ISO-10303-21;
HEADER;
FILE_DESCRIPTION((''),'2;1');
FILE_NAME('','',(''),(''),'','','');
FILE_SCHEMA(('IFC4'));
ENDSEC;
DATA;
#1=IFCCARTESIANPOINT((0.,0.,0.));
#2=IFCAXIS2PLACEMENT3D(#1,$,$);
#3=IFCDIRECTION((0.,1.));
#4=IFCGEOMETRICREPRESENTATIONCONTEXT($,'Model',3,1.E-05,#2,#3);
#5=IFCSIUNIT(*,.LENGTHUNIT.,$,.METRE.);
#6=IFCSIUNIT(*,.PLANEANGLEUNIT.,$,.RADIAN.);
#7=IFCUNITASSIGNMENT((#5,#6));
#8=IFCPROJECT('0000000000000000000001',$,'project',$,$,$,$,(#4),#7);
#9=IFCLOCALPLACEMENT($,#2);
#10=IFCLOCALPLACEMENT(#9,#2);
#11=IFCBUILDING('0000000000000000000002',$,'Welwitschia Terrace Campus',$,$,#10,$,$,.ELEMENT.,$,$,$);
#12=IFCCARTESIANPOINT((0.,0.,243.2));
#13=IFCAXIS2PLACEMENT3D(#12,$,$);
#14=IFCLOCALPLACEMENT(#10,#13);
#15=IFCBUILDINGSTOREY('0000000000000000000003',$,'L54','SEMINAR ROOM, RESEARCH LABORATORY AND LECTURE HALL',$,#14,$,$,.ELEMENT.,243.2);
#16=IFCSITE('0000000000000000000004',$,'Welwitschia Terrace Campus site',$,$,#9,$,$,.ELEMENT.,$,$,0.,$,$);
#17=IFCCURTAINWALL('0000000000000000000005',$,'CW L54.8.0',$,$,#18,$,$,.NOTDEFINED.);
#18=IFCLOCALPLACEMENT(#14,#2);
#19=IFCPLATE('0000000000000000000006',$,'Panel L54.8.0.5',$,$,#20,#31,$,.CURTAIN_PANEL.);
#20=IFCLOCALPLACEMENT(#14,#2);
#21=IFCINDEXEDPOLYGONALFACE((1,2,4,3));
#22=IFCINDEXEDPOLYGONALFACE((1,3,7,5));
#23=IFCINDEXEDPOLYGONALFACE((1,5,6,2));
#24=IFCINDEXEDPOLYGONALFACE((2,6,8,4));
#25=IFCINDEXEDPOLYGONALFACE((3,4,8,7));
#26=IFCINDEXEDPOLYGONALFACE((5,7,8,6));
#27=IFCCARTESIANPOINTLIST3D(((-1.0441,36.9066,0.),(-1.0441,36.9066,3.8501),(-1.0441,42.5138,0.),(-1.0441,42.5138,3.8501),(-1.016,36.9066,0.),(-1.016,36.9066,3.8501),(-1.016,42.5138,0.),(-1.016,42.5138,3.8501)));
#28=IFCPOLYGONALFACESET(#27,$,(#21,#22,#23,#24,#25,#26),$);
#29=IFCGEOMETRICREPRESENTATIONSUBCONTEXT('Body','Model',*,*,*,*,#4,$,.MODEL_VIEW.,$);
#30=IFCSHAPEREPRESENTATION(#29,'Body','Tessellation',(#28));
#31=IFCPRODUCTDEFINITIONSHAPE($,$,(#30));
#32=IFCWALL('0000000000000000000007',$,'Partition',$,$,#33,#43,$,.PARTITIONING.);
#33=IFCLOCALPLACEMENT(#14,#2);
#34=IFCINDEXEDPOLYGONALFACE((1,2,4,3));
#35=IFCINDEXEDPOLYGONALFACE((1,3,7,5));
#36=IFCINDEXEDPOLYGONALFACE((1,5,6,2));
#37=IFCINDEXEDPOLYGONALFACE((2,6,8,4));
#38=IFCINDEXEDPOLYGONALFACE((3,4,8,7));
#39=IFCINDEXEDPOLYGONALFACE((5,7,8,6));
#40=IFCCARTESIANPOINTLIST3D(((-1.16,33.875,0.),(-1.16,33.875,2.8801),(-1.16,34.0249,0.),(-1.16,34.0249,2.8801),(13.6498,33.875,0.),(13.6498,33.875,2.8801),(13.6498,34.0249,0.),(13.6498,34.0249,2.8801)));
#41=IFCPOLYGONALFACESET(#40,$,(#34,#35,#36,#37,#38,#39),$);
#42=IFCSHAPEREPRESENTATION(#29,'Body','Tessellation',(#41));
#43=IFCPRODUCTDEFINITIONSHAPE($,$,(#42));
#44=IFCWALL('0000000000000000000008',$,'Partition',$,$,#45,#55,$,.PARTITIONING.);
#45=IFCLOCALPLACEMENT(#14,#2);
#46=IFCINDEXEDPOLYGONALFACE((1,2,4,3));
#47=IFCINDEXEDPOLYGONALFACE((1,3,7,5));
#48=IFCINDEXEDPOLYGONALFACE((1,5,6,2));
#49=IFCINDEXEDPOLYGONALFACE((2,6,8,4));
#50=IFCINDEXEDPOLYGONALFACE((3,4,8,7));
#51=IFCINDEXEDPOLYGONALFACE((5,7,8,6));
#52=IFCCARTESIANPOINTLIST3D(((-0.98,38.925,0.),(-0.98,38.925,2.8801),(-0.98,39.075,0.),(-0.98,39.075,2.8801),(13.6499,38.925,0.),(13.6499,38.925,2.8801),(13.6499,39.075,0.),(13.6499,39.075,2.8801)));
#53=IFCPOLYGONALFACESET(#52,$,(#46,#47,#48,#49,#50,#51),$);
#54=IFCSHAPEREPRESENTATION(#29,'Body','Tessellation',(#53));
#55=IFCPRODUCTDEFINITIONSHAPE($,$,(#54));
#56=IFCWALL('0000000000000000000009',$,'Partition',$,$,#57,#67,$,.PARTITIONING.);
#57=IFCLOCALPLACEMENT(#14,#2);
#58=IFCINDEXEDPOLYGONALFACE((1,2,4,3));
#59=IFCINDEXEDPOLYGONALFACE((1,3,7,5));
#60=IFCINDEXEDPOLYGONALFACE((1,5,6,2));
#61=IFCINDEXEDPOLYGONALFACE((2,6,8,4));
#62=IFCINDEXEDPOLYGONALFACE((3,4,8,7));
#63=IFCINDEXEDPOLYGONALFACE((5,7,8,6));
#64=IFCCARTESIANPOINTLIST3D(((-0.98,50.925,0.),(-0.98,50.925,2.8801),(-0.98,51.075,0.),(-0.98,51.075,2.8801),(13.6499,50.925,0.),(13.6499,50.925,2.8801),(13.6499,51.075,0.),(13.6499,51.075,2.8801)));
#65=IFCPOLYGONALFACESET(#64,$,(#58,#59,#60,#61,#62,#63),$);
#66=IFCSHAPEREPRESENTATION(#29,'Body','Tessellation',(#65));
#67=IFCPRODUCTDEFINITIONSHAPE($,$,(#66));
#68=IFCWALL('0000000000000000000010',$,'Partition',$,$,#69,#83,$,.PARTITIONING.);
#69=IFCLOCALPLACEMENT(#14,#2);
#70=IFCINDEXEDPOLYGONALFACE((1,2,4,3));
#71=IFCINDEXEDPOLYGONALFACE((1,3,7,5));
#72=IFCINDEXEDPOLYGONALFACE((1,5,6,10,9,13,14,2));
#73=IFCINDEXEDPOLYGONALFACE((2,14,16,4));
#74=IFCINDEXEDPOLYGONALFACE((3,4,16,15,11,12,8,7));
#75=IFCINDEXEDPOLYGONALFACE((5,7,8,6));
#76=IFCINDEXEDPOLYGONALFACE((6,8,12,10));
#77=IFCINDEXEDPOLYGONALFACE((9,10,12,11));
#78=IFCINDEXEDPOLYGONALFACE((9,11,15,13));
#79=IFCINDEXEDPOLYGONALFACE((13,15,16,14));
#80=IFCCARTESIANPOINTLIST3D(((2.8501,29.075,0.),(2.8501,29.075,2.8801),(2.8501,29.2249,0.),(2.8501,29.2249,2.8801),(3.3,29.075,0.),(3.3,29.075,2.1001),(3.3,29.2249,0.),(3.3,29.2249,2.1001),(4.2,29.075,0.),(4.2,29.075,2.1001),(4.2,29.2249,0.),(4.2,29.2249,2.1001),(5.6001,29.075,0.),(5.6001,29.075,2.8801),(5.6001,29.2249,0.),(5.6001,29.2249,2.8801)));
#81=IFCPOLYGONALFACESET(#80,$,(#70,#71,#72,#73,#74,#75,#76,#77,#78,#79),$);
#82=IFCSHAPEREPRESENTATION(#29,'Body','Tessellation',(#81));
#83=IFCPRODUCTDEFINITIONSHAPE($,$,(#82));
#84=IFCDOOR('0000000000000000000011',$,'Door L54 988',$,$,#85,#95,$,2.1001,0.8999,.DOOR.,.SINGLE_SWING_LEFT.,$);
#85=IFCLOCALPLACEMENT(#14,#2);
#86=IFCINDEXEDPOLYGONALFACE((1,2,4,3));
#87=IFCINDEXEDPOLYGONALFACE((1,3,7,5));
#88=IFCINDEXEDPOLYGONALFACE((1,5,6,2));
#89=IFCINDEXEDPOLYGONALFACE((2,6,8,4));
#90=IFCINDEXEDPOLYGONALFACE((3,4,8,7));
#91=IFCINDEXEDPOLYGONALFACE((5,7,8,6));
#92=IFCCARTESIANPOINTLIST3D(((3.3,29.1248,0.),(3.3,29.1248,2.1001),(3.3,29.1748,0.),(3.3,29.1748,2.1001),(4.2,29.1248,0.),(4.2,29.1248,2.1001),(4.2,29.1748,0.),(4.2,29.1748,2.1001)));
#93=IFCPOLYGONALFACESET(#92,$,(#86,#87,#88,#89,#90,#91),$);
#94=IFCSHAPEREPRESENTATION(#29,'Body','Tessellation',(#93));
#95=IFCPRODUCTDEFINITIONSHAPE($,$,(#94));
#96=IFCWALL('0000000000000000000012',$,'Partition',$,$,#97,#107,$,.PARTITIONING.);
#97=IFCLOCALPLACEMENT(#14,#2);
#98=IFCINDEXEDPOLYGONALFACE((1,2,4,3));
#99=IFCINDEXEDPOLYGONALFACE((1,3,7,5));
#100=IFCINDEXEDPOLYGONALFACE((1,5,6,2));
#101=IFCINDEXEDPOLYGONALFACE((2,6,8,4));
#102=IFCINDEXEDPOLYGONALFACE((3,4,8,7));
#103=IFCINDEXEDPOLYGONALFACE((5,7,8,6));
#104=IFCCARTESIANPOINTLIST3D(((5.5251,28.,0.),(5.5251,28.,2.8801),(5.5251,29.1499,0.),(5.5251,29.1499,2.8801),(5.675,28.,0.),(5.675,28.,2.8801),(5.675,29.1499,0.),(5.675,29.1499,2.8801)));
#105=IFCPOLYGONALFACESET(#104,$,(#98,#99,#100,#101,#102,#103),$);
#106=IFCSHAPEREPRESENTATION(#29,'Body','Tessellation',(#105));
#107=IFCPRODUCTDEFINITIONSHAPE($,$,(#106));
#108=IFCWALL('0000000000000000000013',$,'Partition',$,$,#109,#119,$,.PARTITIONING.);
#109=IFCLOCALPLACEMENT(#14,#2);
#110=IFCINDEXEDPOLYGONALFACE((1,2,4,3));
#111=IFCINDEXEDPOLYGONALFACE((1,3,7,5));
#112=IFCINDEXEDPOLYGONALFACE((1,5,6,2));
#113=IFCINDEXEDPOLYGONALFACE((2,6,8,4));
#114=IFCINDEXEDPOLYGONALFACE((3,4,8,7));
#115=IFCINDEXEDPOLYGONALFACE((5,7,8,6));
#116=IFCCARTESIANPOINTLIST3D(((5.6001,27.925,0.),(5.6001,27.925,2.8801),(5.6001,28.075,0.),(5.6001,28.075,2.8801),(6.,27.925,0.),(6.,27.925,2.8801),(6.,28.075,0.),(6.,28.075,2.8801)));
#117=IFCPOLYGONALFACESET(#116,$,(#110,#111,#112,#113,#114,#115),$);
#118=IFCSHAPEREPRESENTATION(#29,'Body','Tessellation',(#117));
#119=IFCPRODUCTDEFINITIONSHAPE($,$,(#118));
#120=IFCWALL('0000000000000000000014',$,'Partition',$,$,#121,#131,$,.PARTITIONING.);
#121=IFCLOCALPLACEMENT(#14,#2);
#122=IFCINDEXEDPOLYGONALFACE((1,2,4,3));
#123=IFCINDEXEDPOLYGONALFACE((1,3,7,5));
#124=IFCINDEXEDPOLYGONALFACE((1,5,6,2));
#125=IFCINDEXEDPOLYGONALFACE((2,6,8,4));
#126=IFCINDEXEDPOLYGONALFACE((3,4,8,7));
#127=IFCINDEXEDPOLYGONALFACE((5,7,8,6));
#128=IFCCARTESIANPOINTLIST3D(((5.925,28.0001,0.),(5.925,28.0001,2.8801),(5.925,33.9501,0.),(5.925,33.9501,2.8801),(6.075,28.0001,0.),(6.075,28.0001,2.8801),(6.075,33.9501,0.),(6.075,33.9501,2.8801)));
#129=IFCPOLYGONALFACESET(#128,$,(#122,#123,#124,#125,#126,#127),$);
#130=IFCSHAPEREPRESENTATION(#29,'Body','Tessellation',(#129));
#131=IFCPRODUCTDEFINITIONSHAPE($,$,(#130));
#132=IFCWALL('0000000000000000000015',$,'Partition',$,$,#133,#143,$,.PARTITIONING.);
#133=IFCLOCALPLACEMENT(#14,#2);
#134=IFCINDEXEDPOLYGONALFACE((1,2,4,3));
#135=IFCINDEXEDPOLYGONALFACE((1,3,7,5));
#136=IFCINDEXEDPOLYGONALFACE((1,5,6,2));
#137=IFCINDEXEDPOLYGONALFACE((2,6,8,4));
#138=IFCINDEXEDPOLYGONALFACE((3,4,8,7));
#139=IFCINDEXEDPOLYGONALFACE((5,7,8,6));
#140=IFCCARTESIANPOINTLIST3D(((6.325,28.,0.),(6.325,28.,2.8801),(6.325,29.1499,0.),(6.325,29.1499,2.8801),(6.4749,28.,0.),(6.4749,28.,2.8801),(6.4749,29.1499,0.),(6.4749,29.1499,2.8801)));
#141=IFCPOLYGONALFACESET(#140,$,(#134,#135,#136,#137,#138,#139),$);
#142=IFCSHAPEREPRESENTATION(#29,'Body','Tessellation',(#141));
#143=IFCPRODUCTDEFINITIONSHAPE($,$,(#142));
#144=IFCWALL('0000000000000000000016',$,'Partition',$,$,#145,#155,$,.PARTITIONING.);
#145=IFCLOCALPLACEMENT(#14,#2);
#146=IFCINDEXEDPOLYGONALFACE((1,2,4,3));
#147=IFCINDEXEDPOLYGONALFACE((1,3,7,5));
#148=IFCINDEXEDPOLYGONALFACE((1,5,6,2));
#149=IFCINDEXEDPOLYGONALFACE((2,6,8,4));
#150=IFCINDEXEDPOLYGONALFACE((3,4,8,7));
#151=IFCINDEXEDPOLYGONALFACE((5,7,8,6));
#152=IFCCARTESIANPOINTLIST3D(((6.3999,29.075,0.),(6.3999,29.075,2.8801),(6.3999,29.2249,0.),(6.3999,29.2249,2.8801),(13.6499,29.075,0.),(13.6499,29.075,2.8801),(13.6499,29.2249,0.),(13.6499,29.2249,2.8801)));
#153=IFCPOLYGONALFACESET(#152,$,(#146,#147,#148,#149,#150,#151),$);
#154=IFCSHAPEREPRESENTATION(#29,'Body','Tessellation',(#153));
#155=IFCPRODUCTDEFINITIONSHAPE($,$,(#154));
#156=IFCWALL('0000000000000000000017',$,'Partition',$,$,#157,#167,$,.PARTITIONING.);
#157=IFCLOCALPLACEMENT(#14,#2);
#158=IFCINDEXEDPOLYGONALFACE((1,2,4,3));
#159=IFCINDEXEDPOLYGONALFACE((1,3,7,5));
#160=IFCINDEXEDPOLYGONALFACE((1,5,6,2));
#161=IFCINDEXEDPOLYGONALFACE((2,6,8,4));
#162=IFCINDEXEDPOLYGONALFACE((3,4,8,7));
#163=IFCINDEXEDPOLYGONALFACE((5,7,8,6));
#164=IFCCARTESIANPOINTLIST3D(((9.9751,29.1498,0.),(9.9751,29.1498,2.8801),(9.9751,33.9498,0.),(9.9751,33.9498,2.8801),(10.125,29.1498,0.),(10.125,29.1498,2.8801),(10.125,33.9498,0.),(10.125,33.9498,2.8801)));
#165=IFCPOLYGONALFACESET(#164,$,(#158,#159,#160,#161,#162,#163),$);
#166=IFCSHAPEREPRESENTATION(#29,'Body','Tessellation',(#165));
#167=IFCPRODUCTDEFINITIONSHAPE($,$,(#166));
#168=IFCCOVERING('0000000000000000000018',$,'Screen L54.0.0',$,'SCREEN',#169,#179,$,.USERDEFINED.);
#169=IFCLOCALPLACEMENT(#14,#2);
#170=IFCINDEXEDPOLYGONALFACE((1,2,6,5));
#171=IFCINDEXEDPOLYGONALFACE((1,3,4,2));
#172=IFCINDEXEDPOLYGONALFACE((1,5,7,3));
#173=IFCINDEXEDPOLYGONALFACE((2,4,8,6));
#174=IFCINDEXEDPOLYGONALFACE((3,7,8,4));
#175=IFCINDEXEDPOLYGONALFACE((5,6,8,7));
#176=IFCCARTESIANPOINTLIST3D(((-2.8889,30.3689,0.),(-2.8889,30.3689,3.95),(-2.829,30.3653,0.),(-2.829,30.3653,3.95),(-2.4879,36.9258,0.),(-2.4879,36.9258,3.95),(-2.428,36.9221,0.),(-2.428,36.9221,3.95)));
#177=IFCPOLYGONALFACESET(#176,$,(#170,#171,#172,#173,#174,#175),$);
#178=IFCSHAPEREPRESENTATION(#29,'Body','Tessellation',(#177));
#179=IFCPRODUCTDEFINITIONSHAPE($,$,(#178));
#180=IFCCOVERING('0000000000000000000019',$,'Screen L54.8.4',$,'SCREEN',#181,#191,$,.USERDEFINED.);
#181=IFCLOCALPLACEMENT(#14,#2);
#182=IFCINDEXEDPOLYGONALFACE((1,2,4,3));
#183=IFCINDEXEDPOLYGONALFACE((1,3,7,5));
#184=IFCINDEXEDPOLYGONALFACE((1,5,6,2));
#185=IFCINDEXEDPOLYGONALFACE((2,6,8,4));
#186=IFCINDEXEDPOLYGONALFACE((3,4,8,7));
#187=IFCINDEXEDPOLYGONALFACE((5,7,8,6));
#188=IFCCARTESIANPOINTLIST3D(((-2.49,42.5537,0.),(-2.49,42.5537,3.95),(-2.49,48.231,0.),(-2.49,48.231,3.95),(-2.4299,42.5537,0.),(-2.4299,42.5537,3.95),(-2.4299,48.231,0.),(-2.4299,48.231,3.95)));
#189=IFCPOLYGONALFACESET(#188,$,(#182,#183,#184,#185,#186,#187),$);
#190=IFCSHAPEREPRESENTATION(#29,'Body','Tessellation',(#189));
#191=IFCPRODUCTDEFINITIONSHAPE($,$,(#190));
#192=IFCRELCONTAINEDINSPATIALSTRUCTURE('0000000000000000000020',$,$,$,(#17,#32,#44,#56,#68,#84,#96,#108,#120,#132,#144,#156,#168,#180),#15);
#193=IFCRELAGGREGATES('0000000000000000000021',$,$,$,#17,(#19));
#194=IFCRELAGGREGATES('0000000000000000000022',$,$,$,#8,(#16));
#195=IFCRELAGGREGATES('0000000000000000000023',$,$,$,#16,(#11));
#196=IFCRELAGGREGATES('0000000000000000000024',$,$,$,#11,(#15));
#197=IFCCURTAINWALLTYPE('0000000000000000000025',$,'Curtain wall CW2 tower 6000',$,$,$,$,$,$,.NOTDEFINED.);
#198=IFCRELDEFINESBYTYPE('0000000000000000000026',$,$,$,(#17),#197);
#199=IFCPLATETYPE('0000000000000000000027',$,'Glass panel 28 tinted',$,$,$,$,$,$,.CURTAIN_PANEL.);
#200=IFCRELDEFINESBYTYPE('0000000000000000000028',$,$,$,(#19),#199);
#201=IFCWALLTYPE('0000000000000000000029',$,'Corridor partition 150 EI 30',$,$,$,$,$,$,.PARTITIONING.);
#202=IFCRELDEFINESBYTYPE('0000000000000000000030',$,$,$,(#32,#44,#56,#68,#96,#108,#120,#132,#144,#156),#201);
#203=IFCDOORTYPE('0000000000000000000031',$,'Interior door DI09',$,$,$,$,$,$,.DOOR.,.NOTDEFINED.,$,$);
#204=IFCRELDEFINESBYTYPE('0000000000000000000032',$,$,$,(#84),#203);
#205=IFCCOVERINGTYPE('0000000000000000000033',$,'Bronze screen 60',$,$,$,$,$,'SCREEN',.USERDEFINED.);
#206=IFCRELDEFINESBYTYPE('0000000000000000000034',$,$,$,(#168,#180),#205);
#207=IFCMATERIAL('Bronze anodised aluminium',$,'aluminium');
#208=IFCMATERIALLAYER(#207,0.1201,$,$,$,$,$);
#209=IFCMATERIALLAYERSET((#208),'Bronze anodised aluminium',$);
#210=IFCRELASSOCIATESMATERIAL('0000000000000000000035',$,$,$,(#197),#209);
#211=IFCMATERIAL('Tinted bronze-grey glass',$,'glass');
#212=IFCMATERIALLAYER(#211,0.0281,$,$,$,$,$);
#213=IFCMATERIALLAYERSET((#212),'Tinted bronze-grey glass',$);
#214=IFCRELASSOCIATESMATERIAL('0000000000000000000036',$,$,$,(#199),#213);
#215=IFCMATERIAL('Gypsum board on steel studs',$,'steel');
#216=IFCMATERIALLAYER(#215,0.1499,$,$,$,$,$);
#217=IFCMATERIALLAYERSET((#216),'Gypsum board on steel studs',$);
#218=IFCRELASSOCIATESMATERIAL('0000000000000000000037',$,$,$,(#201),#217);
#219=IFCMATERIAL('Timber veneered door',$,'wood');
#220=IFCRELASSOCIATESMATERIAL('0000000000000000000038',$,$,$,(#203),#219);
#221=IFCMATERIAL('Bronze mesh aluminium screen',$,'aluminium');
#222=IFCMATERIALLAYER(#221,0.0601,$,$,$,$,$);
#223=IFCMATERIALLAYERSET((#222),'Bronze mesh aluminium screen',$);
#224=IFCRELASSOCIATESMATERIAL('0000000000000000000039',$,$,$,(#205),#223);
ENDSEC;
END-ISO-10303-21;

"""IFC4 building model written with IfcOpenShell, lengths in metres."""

from ifc_helpers import new_model, si_unit, direction, frame, frame_2d, origin, origin_2d, place, context, subcontext, project, spatial, rectangle, extrude, material, layer, layer_set, type_object, element, fill, aggregate, save


model = new_model("IFC4")

# Units and contexts
model_context = context("Model", 3, precision=1e-05, world=origin(), true_north=direction((0.0, 1.0)))
body_context = subcontext(model_context, "Body", "Model", "MODEL_VIEW")
ifc_project = project(units=[si_unit("LENGTHUNIT", "METRE"), si_unit("PLANEANGLEUNIT", "RADIAN")], contexts=[model_context])

# Site, building, storey
site_placement = place(None, origin())
site = spatial("IfcSite", under=ifc_project, at=site_placement, Name="Welwitschia Terrace Campus site", CompositionType="ELEMENT", RefElevation=0.0)
building_placement = place(site_placement, origin())
building = spatial("IfcBuilding", under=site, at=building_placement, Name="Welwitschia Terrace Campus", CompositionType="ELEMENT")
storey_placement = place(building_placement, frame((0.0, 0.0, 243.2)))
storey = spatial("IfcBuildingStorey", under=building, at=storey_placement, Name="L54", Description="SEMINAR ROOM, RESEARCH LABORATORY AND LECTURE HALL", CompositionType="ELEMENT", Elevation=243.2)

# Curtain wall
ifc_material_1 = material(Name="Bronze anodised aluminium", Category="aluminium")
ifc_layer_1 = layer(ifc_material_1, 0.1201)
ifc_layer_set_1 = layer_set([ifc_layer_1], Name="Bronze anodised aluminium")
curtain_wall_type = type_object("IfcCurtainWallType", Name="Curtain wall CW2 tower 6000", PredefinedType="NOTDEFINED", material=ifc_layer_set_1)
curtain_wall_1_placement = place(storey_placement, origin())
curtain_wall_1 = element("IfcCurtainWall", 1, at=curtain_wall_1_placement, inside=storey, type_object=curtain_wall_type, Name="CW L54.8.0", PredefinedType="NOTDEFINED")

# Plate
ifc_material_2 = material(Name="Tinted bronze-grey glass", Category="glass")
ifc_layer_2 = layer(ifc_material_2, 0.0281)
ifc_layer_set_2 = layer_set([ifc_layer_2], Name="Tinted bronze-grey glass")
plate_type = type_object("IfcPlateType", Name="Glass panel 28 tinted", PredefinedType="CURTAIN_PANEL", material=ifc_layer_set_2)
plate_1_placement = place(storey_placement, frame((-1.03, 39.7102, 0.0), z_axis=(0.0, 0.0, 1.0), x_axis=(0.0, -1.0, 0.0)))
plate_1 = element("IfcPlate", 2, at=plate_1_placement, type_object=plate_type, Name="Panel L54.8.0.5", PredefinedType="CURTAIN_PANEL", context=body_context, shape_type="SweptSolid", body=[
    extrude(rectangle(XDim=5.6072, YDim=0.0281, at=origin_2d()), origin(), (0.0, 0.0, 1.0), 3.8501),
])
aggregate(curtain_wall_1, [plate_1])

# Walls
ifc_material_3 = material(Name="Gypsum board on steel studs", Category="steel")
ifc_layer_3 = layer(ifc_material_3, 0.1499)
ifc_layer_set_3 = layer_set([ifc_layer_3], Name="Gypsum board on steel studs")
wall_type = type_object("IfcWallType", Name="Corridor partition 150 EI 30", PredefinedType="PARTITIONING", material=ifc_layer_set_3)
wall_1_placement = place(storey_placement, frame((-1.1599, 33.95, 0.0), z_axis=(0.0, 0.0, 1.0), x_axis=(1.0, 0.0, 0.0)))
element("IfcWall", 3, at=wall_1_placement, inside=storey, type_object=wall_type, Name="Partition", PredefinedType="PARTITIONING", context=body_context, shape_type="SweptSolid", body=[
    extrude(rectangle(XDim=14.8098, YDim=0.1499, at=frame_2d((7.4048, 0.0))), origin(), (0.0, 0.0, 1.0), 2.8801),
])
for number, where, z_axis, x_axis, name in (
    (4, (-0.98, 39.0, 0.0), (0.0, 0.0, 1.0), (1.0, 0.0, 0.0), "Partition"),
    (5, (-0.98, 51.0, 0.0), (0.0, 0.0, 1.0), (1.0, 0.0, 0.0), "Partition"),
):
    element("IfcWall", number, at=place(storey_placement, frame(where, z_axis=z_axis, x_axis=x_axis)), inside=storey, type_object=wall_type, Name=name, PredefinedType="PARTITIONING", context=body_context, shape_type="SweptSolid", body=[
        extrude(rectangle(XDim=14.6299, YDim=0.1499, at=frame_2d((7.3149, 0.0))), origin(), (0.0, 0.0, 1.0), 2.8801),
    ])

# Wall, opening, door
wall_2_placement = place(storey_placement, frame((2.8501, 29.1499, 0.0), z_axis=(0.0, 0.0, 1.0), x_axis=(1.0, 0.0, 0.0)))
wall_2 = element("IfcWall", 6, at=wall_2_placement, inside=storey, type_object=wall_type, Name="Partition", PredefinedType="PARTITIONING", context=body_context, shape_type="SweptSolid", body=[
    extrude(rectangle(XDim=2.75, YDim=0.1499, at=frame_2d((1.375, 0.0))), origin(), (0.0, 0.0, 1.0), 2.8801),
])
opening_placement = place(wall_2_placement, frame((0.45, 0.0, 0.0)))
opening = element("IfcOpeningElement", 7, at=opening_placement, cuts=wall_2, PredefinedType="OPENING", context=body_context, shape_type="SweptSolid", body=[
    extrude(rectangle(XDim=0.8999, YDim=2.1001, at=frame_2d((0.45, 1.05))), frame((0.0, 0.085, 0.0), z_axis=(0.0, -1.0, 0.0), x_axis=(1.0, 0.0, 0.0)), (0.0, 0.0, 1.0), 0.1699),
])
ifc_material_4 = material(Name="Timber veneered door", Category="wood")
door_type = type_object("IfcDoorType", Name="Interior door DI09", OperationType="NOTDEFINED", PredefinedType="DOOR", material=ifc_material_4)
door_placement = place(opening_placement, origin())
door = element("IfcDoor", 8, at=door_placement, inside=storey, type_object=door_type, Name="Door L54 988", OperationType="SINGLE_SWING_LEFT", OverallHeight=2.1001, OverallWidth=0.8999, PredefinedType="DOOR", context=body_context, shape_type="SweptSolid", body=[
    extrude(rectangle(XDim=0.8999, YDim=2.1001, at=frame_2d((0.45, 1.05))), frame((0.0, 0.0249, 0.0), z_axis=(0.0, -1.0, 0.0), x_axis=(1.0, 0.0, 0.0)), (0.0, 0.0, 1.0), 0.05),
])
fill(opening, door)

# Walls
wall_3_placement = place(storey_placement, frame((5.6001, 28.0, 0.0), z_axis=(0.0, 0.0, 1.0), x_axis=(0.0, 1.0, 0.0)))
element("IfcWall", 9, at=wall_3_placement, inside=storey, type_object=wall_type, Name="Partition", PredefinedType="PARTITIONING", context=body_context, shape_type="SweptSolid", body=[
    extrude(rectangle(XDim=1.1499, YDim=0.1499, at=frame_2d((0.575, 0.0))), origin(), (0.0, 0.0, 1.0), 2.8801),
])
wall_4_placement = place(storey_placement, frame((5.6001, 28.0, 0.0), z_axis=(0.0, 0.0, 1.0), x_axis=(1.0, 0.0, 0.0)))
element("IfcWall", 10, at=wall_4_placement, inside=storey, type_object=wall_type, Name="Partition", PredefinedType="PARTITIONING", context=body_context, shape_type="SweptSolid", body=[
    extrude(rectangle(XDim=0.3999, YDim=0.1499, at=frame_2d((0.2, 0.0))), origin(), (0.0, 0.0, 1.0), 2.8801),
])
wall_5_placement = place(storey_placement, frame((6.0, 28.0, 0.0), z_axis=(0.0, 0.0, 1.0), x_axis=(0.0, 1.0, 0.0)))
element("IfcWall", 11, at=wall_5_placement, inside=storey, type_object=wall_type, Name="Partition", PredefinedType="PARTITIONING", context=body_context, shape_type="SweptSolid", body=[
    extrude(rectangle(XDim=5.95, YDim=0.1499, at=frame_2d((2.9751, 0.0))), origin(), (0.0, 0.0, 1.0), 2.8801),
])
wall_6_placement = place(storey_placement, frame((6.3999, 28.0, 0.0), z_axis=(0.0, 0.0, 1.0), x_axis=(0.0, 1.0, 0.0)))
element("IfcWall", 12, at=wall_6_placement, inside=storey, type_object=wall_type, Name="Partition", PredefinedType="PARTITIONING", context=body_context, shape_type="SweptSolid", body=[
    extrude(rectangle(XDim=1.1499, YDim=0.1499, at=frame_2d((0.575, 0.0))), origin(), (0.0, 0.0, 1.0), 2.8801),
])
wall_7_placement = place(storey_placement, frame((6.3999, 29.1499, 0.0), z_axis=(0.0, 0.0, 1.0), x_axis=(1.0, 0.0, 0.0)))
element("IfcWall", 13, at=wall_7_placement, inside=storey, type_object=wall_type, Name="Partition", PredefinedType="PARTITIONING", context=body_context, shape_type="SweptSolid", body=[
    extrude(rectangle(XDim=7.25, YDim=0.1499, at=frame_2d((3.625, 0.0))), origin(), (0.0, 0.0, 1.0), 2.8801),
])
wall_8_placement = place(storey_placement, frame((10.05, 29.1499, 0.0), z_axis=(0.0, 0.0, 1.0), x_axis=(0.0, 1.0, 0.0)))
element("IfcWall", 14, at=wall_8_placement, inside=storey, type_object=wall_type, Name="Partition", PredefinedType="PARTITIONING", context=body_context, shape_type="SweptSolid", body=[
    extrude(rectangle(XDim=4.8, YDim=0.1499, at=frame_2d((2.3999, 0.0))), origin(), (0.0, 0.0, 1.0), 2.8801),
])

# Coverings
ifc_material_5 = material(Name="Bronze mesh aluminium screen", Category="aluminium")
ifc_layer_4 = layer(ifc_material_5, 0.0601)
ifc_layer_set_4 = layer_set([ifc_layer_4], Name="Bronze mesh aluminium screen")
covering_type = type_object("IfcCoveringType", Name="Bronze screen 60", ElementType="SCREEN", PredefinedType="USERDEFINED", material=ifc_layer_set_4)
covering_placement = place(storey_placement, frame((-2.6584, 33.6455, 0.0), z_axis=(0.0, 0.0, 1.0), x_axis=(-0.061049, -0.998135, 0.0)))
element("IfcCovering", 15, at=covering_placement, inside=storey, type_object=covering_type, Name="Screen L54.0.0", ObjectType="SCREEN", PredefinedType="USERDEFINED", context=body_context, shape_type="SweptSolid", body=[
    extrude(rectangle(XDim=6.5691, YDim=0.0601, at=origin_2d()), origin(), (0.0, 0.0, 1.0), 3.95),
])
for number, where, z_axis, x_axis, name in (
    (16, (-2.46, 45.3923, 0.0), (0.0, 0.0, 1.0), (0.0, -1.0, 0.0), "Screen L54.8.4"),
):
    element("IfcCovering", number, at=place(storey_placement, frame(where, z_axis=z_axis, x_axis=x_axis)), inside=storey, type_object=covering_type, Name=name, ObjectType="SCREEN", PredefinedType="USERDEFINED", context=body_context, shape_type="SweptSolid", body=[
        extrude(rectangle(XDim=5.6772, YDim=0.0601, at=origin_2d()), origin(), (0.0, 0.0, 1.0), 3.95),
    ])

save(model, "model.ifc")
